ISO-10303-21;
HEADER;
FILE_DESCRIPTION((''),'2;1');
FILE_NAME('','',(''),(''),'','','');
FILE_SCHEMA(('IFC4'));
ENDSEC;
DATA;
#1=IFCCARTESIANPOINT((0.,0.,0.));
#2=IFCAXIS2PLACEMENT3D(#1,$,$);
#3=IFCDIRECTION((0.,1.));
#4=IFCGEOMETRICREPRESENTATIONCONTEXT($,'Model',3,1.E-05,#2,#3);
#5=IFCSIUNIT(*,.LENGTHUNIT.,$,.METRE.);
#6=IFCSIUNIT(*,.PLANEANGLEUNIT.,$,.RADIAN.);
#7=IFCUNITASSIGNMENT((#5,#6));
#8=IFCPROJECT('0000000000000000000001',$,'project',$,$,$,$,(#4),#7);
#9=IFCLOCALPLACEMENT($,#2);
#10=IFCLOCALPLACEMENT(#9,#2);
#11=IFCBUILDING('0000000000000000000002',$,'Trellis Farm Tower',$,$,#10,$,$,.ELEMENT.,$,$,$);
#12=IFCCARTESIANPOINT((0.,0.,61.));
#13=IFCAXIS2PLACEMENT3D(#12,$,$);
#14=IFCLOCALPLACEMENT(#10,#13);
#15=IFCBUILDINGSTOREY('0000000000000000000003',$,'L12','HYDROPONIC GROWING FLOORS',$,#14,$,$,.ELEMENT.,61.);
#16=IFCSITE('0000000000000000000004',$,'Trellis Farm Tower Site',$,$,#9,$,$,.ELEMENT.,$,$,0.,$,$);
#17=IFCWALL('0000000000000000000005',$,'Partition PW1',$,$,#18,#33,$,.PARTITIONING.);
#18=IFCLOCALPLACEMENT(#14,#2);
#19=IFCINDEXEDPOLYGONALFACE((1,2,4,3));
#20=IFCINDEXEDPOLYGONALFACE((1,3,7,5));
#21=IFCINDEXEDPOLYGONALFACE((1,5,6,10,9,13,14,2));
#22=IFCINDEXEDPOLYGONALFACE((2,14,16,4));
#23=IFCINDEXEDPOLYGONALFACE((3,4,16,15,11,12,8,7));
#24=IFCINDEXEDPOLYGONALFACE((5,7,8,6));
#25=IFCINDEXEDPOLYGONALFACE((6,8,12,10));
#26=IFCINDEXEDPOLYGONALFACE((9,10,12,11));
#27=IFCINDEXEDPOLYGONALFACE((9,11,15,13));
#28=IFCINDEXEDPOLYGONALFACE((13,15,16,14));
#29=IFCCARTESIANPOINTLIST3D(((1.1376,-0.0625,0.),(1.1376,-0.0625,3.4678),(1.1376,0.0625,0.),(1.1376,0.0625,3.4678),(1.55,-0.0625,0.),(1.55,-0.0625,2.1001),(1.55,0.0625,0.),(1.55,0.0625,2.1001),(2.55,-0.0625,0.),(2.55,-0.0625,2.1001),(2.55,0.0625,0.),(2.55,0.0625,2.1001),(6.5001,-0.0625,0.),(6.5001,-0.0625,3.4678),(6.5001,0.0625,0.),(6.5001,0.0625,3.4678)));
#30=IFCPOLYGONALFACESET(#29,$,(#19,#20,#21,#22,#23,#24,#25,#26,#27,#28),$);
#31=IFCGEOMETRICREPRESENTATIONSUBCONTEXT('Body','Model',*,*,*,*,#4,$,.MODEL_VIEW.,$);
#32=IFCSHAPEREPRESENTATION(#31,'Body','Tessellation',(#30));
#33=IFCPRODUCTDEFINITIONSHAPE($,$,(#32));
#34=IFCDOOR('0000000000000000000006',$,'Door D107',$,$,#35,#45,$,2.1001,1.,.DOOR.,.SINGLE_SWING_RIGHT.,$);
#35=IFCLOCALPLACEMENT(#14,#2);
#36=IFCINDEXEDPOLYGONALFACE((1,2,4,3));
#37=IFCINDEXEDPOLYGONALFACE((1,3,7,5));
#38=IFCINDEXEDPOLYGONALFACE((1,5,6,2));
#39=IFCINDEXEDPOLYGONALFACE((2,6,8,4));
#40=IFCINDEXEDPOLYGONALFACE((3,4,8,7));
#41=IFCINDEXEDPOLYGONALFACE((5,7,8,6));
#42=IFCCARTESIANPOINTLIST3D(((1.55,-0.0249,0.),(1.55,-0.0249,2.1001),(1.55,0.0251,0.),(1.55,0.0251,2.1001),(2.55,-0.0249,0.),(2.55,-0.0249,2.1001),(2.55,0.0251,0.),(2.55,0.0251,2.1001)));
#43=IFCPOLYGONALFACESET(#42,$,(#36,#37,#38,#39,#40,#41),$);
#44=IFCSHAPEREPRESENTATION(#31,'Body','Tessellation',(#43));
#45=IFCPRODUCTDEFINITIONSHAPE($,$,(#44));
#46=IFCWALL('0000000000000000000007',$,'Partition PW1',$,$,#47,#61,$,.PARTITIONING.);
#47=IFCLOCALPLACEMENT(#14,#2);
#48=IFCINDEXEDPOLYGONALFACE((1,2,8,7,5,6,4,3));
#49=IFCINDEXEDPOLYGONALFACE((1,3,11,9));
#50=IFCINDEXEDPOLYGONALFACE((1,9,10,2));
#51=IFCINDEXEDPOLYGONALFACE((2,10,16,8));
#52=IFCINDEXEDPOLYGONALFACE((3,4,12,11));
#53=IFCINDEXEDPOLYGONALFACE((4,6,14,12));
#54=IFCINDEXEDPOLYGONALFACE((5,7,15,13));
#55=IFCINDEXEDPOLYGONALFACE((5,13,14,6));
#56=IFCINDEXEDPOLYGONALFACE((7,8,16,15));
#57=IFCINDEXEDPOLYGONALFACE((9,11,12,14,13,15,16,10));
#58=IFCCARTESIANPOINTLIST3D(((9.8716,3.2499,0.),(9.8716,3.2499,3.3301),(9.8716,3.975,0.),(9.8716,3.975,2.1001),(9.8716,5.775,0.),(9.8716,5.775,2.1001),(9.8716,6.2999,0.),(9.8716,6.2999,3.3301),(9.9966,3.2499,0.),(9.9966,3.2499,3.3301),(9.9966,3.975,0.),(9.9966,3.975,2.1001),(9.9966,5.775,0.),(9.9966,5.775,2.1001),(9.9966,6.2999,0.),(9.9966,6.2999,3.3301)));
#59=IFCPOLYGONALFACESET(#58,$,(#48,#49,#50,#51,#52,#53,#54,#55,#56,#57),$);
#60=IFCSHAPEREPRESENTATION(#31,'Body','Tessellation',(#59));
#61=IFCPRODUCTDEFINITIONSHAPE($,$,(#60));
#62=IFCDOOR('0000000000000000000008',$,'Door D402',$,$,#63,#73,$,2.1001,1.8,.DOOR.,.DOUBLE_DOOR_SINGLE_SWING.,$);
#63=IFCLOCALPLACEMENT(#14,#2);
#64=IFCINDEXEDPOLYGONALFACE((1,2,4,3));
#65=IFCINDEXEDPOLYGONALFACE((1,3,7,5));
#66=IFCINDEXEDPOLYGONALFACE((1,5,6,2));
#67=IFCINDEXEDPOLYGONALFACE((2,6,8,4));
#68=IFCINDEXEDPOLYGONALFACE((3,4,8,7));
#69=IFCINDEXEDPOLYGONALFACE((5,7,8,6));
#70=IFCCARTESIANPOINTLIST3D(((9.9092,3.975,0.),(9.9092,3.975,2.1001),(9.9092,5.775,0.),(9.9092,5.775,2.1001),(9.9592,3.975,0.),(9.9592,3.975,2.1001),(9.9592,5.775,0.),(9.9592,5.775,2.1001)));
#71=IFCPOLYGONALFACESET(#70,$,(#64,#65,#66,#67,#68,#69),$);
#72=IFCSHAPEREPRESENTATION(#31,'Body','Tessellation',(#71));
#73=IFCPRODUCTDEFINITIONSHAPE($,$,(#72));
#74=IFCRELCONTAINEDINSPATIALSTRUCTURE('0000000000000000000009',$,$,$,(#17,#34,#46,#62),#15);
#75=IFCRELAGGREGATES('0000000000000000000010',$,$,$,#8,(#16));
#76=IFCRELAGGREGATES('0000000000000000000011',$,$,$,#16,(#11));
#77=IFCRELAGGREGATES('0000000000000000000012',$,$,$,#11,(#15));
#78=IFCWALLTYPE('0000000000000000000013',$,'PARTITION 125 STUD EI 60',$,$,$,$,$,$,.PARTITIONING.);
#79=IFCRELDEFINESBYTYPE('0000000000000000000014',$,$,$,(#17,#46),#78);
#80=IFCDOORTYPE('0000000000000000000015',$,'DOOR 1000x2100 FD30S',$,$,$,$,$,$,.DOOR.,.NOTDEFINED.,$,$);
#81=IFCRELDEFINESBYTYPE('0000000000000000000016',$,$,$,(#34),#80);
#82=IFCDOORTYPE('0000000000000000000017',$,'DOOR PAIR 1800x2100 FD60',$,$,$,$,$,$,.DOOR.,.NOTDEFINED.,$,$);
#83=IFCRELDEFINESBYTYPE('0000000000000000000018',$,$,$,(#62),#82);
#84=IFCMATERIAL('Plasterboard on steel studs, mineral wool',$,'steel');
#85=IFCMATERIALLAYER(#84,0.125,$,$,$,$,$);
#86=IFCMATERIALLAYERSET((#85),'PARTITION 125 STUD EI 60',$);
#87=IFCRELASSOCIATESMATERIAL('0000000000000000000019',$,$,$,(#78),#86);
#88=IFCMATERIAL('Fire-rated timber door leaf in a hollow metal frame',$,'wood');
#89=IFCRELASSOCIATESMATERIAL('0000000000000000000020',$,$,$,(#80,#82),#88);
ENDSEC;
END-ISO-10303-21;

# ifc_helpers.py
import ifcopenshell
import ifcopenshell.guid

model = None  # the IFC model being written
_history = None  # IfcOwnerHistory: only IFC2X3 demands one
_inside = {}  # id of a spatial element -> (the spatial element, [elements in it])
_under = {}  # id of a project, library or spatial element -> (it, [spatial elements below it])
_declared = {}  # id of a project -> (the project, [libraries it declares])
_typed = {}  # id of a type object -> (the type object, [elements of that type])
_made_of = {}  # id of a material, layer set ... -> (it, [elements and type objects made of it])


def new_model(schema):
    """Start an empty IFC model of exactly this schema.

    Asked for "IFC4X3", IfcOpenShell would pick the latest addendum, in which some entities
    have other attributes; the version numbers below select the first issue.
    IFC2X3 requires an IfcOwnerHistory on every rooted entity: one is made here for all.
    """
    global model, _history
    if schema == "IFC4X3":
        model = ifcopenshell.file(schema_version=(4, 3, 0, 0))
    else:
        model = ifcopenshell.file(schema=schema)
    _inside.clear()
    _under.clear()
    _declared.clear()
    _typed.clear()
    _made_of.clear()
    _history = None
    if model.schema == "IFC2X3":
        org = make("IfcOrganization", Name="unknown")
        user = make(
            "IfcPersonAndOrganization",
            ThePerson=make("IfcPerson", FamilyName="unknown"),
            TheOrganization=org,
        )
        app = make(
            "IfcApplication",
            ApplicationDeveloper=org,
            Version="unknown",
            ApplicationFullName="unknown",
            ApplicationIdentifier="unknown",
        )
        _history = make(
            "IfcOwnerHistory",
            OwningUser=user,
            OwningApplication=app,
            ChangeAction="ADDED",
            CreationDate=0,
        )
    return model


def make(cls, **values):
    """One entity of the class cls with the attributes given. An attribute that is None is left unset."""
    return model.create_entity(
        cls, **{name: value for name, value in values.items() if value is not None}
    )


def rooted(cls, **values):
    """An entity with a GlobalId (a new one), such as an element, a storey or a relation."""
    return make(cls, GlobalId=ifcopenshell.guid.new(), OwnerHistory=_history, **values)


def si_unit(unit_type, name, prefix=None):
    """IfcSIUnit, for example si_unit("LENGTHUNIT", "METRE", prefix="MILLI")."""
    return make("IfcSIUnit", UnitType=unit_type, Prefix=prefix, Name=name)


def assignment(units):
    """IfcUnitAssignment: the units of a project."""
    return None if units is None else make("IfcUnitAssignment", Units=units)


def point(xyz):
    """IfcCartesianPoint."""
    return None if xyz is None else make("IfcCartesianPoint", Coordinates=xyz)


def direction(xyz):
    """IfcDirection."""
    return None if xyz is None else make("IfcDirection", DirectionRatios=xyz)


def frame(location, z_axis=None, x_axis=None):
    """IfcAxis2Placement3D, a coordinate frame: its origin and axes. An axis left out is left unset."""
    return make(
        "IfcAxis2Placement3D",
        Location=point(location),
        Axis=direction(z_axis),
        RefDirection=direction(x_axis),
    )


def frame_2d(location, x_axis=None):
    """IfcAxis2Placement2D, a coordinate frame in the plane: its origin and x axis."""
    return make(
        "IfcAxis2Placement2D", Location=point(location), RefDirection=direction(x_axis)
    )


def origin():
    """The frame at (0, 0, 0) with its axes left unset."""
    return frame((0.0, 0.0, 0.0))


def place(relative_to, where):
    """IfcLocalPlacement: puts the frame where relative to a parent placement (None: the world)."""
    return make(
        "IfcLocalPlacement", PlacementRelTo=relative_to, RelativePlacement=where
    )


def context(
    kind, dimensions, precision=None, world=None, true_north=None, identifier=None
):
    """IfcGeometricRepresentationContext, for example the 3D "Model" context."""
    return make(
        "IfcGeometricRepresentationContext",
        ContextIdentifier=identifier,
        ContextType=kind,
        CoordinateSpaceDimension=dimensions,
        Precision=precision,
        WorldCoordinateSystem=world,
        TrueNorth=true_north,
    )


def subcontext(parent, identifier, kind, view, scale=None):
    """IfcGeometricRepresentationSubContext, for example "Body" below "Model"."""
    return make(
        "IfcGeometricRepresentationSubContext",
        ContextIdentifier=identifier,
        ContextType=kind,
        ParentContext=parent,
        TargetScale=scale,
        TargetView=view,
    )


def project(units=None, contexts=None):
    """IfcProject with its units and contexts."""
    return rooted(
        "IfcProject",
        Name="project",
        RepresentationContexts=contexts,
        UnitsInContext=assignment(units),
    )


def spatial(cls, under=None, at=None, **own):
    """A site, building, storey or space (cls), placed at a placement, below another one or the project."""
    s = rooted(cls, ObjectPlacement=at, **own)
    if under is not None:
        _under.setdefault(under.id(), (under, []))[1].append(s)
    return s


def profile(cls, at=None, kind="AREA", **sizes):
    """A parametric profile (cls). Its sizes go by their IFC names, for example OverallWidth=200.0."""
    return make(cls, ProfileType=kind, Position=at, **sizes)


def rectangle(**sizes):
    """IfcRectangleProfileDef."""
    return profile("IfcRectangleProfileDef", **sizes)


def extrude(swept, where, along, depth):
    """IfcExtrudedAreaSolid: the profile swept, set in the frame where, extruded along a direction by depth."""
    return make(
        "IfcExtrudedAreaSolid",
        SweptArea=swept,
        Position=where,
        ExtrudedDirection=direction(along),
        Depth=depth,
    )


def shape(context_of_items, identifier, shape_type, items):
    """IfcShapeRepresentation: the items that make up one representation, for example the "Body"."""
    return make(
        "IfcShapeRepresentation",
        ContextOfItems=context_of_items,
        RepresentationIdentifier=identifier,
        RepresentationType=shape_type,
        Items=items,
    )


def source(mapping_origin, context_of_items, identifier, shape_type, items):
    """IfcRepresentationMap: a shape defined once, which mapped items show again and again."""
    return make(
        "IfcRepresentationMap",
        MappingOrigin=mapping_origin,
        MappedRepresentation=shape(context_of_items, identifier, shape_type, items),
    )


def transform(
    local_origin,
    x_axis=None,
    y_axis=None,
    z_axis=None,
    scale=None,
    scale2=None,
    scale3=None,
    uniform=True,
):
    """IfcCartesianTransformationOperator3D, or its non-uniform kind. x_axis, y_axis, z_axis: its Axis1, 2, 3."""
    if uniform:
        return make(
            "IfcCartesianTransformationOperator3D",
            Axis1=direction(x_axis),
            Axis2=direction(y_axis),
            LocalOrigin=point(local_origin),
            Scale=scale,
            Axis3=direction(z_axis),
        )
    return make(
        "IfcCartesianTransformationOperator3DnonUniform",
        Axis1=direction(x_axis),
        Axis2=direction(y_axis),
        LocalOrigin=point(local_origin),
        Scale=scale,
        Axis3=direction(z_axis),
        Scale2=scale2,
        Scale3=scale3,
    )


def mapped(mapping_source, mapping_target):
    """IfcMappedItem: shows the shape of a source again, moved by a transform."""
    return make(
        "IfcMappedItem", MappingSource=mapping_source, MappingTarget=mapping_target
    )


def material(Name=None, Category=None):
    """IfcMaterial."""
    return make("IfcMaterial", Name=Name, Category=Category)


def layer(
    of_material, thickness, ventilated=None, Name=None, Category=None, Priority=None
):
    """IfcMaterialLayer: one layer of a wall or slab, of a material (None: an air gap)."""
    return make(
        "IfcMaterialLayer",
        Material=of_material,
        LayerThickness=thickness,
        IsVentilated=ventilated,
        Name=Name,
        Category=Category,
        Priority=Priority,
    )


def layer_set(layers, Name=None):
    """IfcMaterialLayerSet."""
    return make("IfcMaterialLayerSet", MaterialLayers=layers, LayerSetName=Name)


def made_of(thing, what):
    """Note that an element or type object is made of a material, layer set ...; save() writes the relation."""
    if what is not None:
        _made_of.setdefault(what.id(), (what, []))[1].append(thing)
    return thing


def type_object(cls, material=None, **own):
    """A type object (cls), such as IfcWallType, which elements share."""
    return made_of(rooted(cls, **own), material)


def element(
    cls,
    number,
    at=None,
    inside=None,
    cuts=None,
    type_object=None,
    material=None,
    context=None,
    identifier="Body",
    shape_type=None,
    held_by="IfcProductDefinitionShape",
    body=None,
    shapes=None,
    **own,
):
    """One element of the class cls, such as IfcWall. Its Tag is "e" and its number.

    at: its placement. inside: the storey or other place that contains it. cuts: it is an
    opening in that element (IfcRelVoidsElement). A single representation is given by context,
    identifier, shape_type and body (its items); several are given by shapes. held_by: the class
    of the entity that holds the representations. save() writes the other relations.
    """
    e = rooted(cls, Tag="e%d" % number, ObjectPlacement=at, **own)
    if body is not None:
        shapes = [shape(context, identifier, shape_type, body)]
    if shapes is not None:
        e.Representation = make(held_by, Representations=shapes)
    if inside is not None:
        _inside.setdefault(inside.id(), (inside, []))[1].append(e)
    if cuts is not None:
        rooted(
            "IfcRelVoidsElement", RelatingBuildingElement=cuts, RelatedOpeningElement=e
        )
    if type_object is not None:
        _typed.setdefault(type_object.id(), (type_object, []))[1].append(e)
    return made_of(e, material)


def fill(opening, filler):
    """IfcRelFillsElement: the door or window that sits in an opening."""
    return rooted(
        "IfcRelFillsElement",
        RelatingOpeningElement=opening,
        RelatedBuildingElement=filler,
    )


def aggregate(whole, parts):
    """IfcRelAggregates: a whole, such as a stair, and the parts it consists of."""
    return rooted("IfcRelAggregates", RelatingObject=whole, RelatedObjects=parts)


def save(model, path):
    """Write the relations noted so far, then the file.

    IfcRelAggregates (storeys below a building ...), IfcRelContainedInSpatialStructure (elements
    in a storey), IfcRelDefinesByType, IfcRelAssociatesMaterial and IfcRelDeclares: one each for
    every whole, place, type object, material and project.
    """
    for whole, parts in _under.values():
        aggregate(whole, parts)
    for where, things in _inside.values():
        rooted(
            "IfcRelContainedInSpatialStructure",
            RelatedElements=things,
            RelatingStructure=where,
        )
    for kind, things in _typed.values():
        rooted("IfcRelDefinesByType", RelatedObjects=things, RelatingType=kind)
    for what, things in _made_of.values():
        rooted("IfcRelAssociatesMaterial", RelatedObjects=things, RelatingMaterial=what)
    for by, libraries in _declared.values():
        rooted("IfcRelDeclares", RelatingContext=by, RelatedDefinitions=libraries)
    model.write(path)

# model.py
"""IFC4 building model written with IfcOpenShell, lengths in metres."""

from ifc_helpers import new_model, si_unit, direction, frame, frame_2d, origin, place, context, subcontext, project, spatial, rectangle, extrude, source, transform, mapped, material, layer, layer_set, type_object, element, fill, save


model = new_model("IFC4")

# Units and contexts
model_context = context("Model", 3, precision=1e-05, world=origin(), true_north=direction((0.0, 1.0)))
body_context = subcontext(model_context, "Body", "Model", "MODEL_VIEW")
ifc_project = project(units=[si_unit("LENGTHUNIT", "METRE"), si_unit("PLANEANGLEUNIT", "RADIAN")], contexts=[model_context])

# Site, building, storey
site_placement = place(None, origin())
site = spatial("IfcSite", under=ifc_project, at=site_placement, Name="Trellis Farm Tower Site", CompositionType="ELEMENT", RefElevation=0.0)
building_placement = place(site_placement, origin())
building = spatial("IfcBuilding", under=site, at=building_placement, Name="Trellis Farm Tower", CompositionType="ELEMENT")
storey_placement = place(building_placement, frame((0.0, 0.0, 61.0)))
storey = spatial("IfcBuildingStorey", under=building, at=storey_placement, Name="L12", Description="HYDROPONIC GROWING FLOORS", CompositionType="ELEMENT", Elevation=61.0)

# Shared definitions
ifc_material_1 = material(Name="Plasterboard on steel studs, mineral wool", Category="steel")
ifc_layer_1 = layer(ifc_material_1, 0.125)
ifc_layer_set_1 = layer_set([ifc_layer_1], Name="PARTITION 125 STUD EI 60")
wall_type_1 = type_object("IfcWallType", Name="PARTITION 125 STUD EI 60", PredefinedType="PARTITIONING", material=ifc_layer_set_1)

# Walls, openings, doors
shared_shape_1 = source(origin(), body_context, "Body", "SweptSolid", [
    extrude(rectangle(XDim=5.3625, YDim=0.125, at=frame_2d((2.6812, 0.0))), origin(), (0.0, 0.0, 1.0), 3.4678),
])
wall_1_placement = place(storey_placement, frame((6.5, 0.0, 0.0), z_axis=(0.0, 0.0, 1.0), x_axis=(-1.0, 0.0, 0.0)))
wall_1 = element("IfcWall", 1, at=wall_1_placement, inside=storey, type_object=wall_type_1, Name="Partition PW1", PredefinedType="PARTITIONING", context=body_context, shape_type="MappedRepresentation", body=[
    mapped(shared_shape_1, transform((0.0, 0.0, 0.0))),
])
shared_shape_2 = source(origin(), body_context, "Body", "SweptSolid", [
    extrude(rectangle(XDim=1.0, YDim=2.1001, at=frame_2d((0.5, 1.05))), frame((0.0, 0.0725, 0.0), z_axis=(0.0, -1.0, 0.0), x_axis=(1.0, 0.0, 0.0)), (0.0, 0.0, 1.0), 0.145),
])
opening_1_placement = place(wall_1_placement, frame((3.95, 0.0, 0.0)))
opening_1 = element("IfcOpeningElement", 2, at=opening_1_placement, cuts=wall_1, PredefinedType="OPENING", context=body_context, shape_type="MappedRepresentation", body=[
    mapped(shared_shape_2, transform((0.0, 0.0, 0.0))),
])
ifc_material_2 = material(Name="Fire-rated timber door leaf in a hollow metal frame", Category="wood")
door_type_1 = type_object("IfcDoorType", Name="DOOR 1000x2100 FD30S", OperationType="NOTDEFINED", PredefinedType="DOOR", material=ifc_material_2)
shared_shape_3 = source(origin(), body_context, "Body", "SweptSolid", [
    extrude(rectangle(XDim=1.0, YDim=2.1001, at=frame_2d((0.5, 1.05))), frame((0.0, 0.0249, 0.0), z_axis=(0.0, -1.0, 0.0), x_axis=(1.0, 0.0, 0.0)), (0.0, 0.0, 1.0), 0.05),
])
door_1_placement = place(opening_1_placement, origin())
door_1 = element("IfcDoor", 3, at=door_1_placement, inside=storey, type_object=door_type_1, Name="Door D107", OperationType="SINGLE_SWING_RIGHT", OverallHeight=2.1001, OverallWidth=1.0, PredefinedType="DOOR", context=body_context, shape_type="MappedRepresentation", body=[
    mapped(shared_shape_3, transform((0.0, 0.0, 0.0))),
])
fill(opening_1, door_1)
shared_shape_4 = source(origin(), body_context, "Body", "SweptSolid", [
    extrude(rectangle(XDim=3.05, YDim=0.125, at=frame_2d((1.5249, 0.0))), origin(), (0.0, 0.0, 1.0), 3.3301),
])
wall_2_placement = place(storey_placement, frame((9.9341, 3.25, 0.0), z_axis=(0.0, 0.0, 1.0), x_axis=(0.0, 1.0, 0.0)))
wall_2 = element("IfcWall", 4, at=wall_2_placement, inside=storey, type_object=wall_type_1, Name="Partition PW1", PredefinedType="PARTITIONING", context=body_context, shape_type="MappedRepresentation", body=[
    mapped(shared_shape_4, transform((0.0, 0.0, 0.0))),
])
shared_shape_5 = source(origin(), body_context, "Body", "SweptSolid", [
    extrude(rectangle(XDim=1.8, YDim=2.1001, at=frame_2d((0.8999, 1.05))), frame((0.0, 0.0725, 0.0), z_axis=(0.0, -1.0, 0.0), x_axis=(1.0, 0.0, 0.0)), (0.0, 0.0, 1.0), 0.145),
])
opening_2_placement = place(wall_2_placement, frame((0.7251, 0.0, 0.0)))
opening_2 = element("IfcOpeningElement", 5, at=opening_2_placement, cuts=wall_2, PredefinedType="OPENING", context=body_context, shape_type="MappedRepresentation", body=[
    mapped(shared_shape_5, transform((0.0, 0.0, 0.0))),
])
door_type_2 = type_object("IfcDoorType", Name="DOOR PAIR 1800x2100 FD60", OperationType="NOTDEFINED", PredefinedType="DOOR", material=ifc_material_2)
shared_shape_6 = source(origin(), body_context, "Body", "SweptSolid", [
    extrude(rectangle(XDim=1.8, YDim=2.1001, at=frame_2d((0.8999, 1.05))), frame((0.0, 0.0249, 0.0), z_axis=(0.0, -1.0, 0.0), x_axis=(1.0, 0.0, 0.0)), (0.0, 0.0, 1.0), 0.05),
])
door_2_placement = place(opening_2_placement, origin())
door_2 = element("IfcDoor", 6, at=door_2_placement, inside=storey, type_object=door_type_2, Name="Door D402", OperationType="DOUBLE_DOOR_SINGLE_SWING", OverallHeight=2.1001, OverallWidth=1.8, PredefinedType="DOOR", context=body_context, shape_type="MappedRepresentation", body=[
    mapped(shared_shape_6, transform((0.0, 0.0, 0.0))),
])
fill(opening_2, door_2)

save(model, "model.ifc")
